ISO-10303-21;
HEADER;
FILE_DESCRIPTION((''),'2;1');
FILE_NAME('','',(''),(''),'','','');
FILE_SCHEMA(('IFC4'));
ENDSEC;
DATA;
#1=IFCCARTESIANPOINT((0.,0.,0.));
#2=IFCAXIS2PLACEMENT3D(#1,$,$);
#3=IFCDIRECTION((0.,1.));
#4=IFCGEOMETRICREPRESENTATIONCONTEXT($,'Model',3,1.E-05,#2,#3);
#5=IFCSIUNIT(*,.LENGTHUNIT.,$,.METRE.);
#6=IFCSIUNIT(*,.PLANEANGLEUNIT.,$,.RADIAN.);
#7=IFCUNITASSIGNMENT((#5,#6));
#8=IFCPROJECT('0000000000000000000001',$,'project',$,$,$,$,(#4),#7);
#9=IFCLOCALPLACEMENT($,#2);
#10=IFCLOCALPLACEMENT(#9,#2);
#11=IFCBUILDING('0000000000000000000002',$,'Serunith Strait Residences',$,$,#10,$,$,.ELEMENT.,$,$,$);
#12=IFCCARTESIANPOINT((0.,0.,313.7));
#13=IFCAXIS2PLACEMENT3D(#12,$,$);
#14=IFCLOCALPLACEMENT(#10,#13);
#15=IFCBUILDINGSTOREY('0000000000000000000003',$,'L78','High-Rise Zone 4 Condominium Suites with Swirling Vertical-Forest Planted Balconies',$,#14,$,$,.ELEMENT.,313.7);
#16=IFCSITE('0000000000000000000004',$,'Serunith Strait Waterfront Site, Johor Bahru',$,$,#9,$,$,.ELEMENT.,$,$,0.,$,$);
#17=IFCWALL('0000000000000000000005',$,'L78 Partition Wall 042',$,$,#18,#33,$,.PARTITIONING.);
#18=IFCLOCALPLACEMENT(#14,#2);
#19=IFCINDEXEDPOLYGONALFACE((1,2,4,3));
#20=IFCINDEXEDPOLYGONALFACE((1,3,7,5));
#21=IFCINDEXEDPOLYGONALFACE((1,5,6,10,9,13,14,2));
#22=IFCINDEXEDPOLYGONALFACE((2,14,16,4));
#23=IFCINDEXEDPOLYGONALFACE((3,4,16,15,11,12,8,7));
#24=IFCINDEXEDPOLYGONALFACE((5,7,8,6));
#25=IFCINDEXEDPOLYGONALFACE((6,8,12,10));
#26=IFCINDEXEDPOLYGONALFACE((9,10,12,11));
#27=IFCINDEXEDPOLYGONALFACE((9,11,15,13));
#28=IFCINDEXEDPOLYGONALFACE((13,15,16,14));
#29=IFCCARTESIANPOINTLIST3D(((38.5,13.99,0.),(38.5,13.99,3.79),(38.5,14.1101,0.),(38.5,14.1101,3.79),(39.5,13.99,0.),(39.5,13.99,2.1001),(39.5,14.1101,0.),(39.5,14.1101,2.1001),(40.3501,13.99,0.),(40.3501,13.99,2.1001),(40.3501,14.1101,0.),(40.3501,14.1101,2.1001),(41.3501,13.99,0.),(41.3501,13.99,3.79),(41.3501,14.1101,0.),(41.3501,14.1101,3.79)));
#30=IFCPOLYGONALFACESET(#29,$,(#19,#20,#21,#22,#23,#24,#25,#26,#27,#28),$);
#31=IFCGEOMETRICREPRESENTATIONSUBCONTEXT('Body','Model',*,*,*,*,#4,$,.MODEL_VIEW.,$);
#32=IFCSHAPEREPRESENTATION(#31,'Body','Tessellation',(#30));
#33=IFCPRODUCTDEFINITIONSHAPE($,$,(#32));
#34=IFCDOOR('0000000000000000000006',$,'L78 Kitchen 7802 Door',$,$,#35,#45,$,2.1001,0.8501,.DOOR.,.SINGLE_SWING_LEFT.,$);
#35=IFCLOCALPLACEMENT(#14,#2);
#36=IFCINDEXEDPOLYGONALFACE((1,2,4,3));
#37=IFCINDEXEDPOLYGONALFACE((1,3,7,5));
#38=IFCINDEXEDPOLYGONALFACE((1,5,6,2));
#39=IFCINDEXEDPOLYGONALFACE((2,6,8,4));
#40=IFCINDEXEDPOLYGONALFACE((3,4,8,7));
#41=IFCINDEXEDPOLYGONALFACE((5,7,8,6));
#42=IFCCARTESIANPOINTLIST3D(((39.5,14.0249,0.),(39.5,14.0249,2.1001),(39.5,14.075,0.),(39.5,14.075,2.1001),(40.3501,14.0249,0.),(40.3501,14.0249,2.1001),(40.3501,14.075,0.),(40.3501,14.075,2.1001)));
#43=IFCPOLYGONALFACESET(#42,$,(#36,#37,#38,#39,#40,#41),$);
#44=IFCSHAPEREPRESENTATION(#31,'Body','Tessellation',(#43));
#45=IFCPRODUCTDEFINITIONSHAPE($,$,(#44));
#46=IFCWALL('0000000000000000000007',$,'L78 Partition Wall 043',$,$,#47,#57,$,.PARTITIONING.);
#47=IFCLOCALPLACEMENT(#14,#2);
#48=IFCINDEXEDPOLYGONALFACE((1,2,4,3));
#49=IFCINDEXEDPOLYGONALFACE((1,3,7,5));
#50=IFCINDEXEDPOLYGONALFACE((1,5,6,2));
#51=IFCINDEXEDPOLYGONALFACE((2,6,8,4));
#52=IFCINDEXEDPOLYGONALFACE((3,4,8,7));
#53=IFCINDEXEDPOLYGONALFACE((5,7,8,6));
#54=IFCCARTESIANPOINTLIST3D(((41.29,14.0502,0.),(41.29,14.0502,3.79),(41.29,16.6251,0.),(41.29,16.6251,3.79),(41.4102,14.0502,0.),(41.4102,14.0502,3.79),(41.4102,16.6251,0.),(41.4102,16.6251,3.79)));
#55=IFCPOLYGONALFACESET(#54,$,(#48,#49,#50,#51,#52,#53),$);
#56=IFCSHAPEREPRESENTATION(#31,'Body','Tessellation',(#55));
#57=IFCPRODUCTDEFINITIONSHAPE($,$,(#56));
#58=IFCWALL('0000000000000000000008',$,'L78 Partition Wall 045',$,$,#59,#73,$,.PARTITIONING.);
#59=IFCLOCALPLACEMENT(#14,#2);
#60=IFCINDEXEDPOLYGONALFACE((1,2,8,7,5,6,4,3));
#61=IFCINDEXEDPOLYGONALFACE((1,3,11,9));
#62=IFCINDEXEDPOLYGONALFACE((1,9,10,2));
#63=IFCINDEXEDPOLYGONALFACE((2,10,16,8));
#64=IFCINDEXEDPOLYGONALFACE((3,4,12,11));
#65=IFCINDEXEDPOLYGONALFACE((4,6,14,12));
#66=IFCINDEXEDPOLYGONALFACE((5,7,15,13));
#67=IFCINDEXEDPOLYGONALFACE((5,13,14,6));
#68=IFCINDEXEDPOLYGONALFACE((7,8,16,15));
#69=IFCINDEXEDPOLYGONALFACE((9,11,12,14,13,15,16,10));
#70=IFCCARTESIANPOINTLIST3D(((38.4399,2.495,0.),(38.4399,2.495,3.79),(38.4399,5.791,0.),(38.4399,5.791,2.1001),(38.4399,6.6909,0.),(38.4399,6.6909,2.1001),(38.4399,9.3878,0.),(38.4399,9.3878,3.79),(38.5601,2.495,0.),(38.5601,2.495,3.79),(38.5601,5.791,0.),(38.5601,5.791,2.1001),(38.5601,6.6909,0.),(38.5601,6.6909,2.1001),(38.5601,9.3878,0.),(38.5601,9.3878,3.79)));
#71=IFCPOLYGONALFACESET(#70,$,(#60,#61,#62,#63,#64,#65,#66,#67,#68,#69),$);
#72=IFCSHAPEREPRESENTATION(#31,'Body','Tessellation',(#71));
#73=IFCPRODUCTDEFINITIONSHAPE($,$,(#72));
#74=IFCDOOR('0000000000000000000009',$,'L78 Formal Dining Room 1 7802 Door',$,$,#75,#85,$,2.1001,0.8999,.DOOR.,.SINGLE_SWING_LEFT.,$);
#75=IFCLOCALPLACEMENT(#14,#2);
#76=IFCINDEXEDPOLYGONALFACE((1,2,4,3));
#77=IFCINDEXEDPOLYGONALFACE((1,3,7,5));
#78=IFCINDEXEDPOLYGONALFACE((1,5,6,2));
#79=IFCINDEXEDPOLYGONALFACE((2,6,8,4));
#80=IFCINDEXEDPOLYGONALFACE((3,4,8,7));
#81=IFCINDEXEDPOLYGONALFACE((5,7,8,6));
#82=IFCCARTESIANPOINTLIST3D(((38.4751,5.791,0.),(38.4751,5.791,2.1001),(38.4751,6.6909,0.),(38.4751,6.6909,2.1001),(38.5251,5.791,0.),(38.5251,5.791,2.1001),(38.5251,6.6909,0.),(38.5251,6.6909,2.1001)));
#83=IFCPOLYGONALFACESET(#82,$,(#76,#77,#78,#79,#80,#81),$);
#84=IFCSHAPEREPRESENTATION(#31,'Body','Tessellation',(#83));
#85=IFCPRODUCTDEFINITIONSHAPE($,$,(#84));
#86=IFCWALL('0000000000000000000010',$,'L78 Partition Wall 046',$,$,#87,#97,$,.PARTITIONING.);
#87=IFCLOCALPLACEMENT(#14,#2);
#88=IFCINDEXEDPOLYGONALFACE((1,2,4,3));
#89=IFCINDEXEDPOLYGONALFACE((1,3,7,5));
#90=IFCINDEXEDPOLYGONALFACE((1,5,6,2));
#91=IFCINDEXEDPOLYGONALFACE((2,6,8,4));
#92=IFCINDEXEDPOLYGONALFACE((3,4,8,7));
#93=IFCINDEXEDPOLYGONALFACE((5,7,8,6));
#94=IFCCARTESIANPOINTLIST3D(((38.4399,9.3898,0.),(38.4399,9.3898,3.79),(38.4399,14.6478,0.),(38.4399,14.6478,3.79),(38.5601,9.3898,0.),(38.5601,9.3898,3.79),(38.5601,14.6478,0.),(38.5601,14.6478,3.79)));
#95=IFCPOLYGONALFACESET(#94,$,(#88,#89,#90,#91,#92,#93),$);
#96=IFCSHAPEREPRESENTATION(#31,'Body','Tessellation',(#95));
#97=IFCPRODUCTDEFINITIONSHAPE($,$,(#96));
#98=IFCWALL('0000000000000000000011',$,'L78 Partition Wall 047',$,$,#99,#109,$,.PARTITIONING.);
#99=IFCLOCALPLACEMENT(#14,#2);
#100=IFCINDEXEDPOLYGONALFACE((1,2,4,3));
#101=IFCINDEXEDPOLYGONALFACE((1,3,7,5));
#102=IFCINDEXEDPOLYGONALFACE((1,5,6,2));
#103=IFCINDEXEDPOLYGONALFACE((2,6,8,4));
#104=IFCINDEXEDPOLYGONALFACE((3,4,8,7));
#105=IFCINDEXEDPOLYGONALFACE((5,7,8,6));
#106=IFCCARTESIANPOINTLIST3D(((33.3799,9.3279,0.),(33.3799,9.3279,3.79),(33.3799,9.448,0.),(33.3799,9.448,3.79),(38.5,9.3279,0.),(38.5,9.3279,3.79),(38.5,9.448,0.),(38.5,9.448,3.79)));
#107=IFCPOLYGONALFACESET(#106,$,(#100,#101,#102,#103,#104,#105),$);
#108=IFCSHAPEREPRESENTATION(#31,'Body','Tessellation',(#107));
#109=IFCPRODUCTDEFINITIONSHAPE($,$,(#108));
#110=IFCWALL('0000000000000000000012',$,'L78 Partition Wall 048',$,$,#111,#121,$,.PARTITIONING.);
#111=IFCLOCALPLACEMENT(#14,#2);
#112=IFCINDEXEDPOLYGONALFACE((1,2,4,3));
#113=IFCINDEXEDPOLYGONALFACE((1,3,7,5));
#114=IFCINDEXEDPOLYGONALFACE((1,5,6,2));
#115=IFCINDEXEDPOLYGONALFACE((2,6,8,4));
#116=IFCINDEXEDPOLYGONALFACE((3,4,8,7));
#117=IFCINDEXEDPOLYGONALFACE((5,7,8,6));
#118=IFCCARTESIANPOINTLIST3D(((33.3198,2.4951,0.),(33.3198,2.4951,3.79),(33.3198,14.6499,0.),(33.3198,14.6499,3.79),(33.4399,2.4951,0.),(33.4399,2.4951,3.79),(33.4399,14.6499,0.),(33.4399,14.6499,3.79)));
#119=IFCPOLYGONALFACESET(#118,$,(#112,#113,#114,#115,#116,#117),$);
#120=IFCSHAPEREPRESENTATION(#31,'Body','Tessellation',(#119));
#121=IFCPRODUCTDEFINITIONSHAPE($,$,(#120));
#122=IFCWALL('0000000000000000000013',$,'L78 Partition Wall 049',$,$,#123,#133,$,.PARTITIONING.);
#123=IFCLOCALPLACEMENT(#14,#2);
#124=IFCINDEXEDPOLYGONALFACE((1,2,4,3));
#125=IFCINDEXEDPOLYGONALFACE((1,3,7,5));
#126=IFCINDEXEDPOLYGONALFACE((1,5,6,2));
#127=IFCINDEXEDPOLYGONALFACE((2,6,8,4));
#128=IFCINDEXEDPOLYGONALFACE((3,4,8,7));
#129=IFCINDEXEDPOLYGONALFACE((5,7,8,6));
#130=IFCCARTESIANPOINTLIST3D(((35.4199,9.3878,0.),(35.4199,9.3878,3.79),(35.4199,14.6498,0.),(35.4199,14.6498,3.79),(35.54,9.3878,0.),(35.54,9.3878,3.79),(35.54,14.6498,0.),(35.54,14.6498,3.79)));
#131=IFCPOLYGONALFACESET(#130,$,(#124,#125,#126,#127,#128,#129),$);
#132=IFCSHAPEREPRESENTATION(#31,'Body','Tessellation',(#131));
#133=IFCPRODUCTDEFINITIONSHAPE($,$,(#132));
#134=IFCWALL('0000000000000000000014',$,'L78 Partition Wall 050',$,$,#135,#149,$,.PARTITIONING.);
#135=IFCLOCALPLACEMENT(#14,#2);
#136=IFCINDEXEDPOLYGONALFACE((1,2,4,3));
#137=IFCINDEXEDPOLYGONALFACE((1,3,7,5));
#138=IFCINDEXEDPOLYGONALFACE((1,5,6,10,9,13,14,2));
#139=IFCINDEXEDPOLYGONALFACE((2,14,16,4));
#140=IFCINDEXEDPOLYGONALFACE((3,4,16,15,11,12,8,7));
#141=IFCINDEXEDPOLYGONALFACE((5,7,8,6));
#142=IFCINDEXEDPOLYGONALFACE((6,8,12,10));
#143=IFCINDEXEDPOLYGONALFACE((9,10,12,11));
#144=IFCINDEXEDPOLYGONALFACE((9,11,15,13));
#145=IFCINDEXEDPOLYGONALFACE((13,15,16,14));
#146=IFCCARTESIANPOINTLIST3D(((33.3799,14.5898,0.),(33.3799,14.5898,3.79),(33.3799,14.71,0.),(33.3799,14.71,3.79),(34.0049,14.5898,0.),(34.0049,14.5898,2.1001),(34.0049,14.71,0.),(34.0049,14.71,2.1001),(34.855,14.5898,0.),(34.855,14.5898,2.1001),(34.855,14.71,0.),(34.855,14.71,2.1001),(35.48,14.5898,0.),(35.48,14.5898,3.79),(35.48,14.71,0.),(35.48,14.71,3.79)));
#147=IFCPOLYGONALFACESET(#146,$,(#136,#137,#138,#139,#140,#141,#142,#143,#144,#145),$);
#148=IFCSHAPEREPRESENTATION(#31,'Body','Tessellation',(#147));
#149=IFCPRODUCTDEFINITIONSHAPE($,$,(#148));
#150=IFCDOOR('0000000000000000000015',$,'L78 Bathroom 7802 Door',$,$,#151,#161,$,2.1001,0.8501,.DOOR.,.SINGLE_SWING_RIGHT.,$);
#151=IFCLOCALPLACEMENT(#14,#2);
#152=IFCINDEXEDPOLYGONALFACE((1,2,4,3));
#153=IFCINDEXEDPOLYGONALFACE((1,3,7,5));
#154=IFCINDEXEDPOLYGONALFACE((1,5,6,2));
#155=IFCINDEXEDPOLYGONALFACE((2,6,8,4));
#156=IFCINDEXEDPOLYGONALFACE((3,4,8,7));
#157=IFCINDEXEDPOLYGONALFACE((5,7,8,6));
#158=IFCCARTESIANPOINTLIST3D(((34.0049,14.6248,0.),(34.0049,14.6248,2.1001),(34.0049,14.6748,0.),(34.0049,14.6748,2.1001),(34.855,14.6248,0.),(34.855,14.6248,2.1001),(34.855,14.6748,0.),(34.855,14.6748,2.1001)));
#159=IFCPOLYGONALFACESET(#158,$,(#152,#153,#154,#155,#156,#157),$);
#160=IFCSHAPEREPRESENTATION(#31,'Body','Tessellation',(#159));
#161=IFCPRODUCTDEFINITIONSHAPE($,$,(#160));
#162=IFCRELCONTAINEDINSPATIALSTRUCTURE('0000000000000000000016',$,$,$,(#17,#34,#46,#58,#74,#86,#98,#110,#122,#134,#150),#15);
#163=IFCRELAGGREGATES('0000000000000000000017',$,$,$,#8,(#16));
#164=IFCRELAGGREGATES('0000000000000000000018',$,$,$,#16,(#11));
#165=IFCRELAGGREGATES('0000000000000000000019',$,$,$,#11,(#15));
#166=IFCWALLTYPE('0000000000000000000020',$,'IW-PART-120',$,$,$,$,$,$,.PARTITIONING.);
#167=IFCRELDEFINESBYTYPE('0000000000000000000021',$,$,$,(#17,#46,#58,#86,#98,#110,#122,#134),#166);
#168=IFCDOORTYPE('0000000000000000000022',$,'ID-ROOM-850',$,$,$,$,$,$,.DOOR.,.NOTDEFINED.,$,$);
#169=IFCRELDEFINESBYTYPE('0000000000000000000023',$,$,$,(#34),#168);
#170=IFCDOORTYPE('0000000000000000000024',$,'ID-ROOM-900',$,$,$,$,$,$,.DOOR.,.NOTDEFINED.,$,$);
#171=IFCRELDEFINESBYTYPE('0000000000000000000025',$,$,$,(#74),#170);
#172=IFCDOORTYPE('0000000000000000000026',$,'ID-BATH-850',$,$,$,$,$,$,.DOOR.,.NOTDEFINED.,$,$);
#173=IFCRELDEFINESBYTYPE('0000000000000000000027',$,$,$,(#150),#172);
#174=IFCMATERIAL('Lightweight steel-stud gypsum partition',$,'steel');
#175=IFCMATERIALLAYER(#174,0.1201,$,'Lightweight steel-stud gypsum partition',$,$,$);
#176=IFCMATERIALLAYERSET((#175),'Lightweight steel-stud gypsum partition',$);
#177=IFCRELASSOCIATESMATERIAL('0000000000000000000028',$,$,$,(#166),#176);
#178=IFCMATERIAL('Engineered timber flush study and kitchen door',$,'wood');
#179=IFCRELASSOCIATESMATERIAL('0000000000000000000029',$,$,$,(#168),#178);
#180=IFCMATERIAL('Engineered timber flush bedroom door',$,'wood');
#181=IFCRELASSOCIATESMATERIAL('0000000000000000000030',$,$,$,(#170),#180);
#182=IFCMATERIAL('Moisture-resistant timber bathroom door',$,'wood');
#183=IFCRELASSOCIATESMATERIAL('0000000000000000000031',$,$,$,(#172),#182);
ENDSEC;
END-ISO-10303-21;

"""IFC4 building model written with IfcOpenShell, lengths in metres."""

from ifc_helpers import new_model, si_unit, direction, frame, frame_2d, origin, place, context, subcontext, project, spatial, rectangle, extrude, source, transform, mapped, material, layer, layer_set, type_object, element, fill, save


model = new_model("IFC4")

# Units and contexts
model_context = context("Model", 3, precision=1e-05, world=origin(), true_north=direction((0.0, 1.0)))
body_context = subcontext(model_context, "Body", "Model", "MODEL_VIEW")
ifc_project = project(units=[si_unit("LENGTHUNIT", "METRE"), si_unit("PLANEANGLEUNIT", "RADIAN")], contexts=[model_context])

# Site, building, storey
site_placement = place(None, origin())
site = spatial("IfcSite", under=ifc_project, at=site_placement, Name="Serunith Strait Waterfront Site, Johor Bahru", CompositionType="ELEMENT", RefElevation=0.0)
building_placement = place(site_placement, origin())
building = spatial("IfcBuilding", under=site, at=building_placement, Name="Serunith Strait Residences", CompositionType="ELEMENT")
storey_placement = place(building_placement, frame((0.0, 0.0, 313.7)))
storey = spatial("IfcBuildingStorey", under=building, at=storey_placement, Name="L78", Description="High-Rise Zone 4 Condominium Suites with Swirling Vertical-Forest Planted Balconies", CompositionType="ELEMENT", Elevation=313.7)

# Wall, opening, door
ifc_material_1 = material(Name="Lightweight steel-stud gypsum partition", Category="steel")
ifc_layer_1 = layer(ifc_material_1, 0.1201, Name="Lightweight steel-stud gypsum partition")
ifc_layer_set_1 = layer_set([ifc_layer_1], Name="Lightweight steel-stud gypsum partition")
wall_type = type_object("IfcWallType", Name="IW-PART-120", PredefinedType="PARTITIONING", material=ifc_layer_set_1)
wall_1_placement = place(storey_placement, frame((38.5, 14.05, 0.0), z_axis=(0.0, 0.0, 1.0), x_axis=(1.0, 0.0, 0.0)))
wall_1 = element("IfcWall", 1, at=wall_1_placement, inside=storey, type_object=wall_type, Name="L78 Partition Wall 042", PredefinedType="PARTITIONING", context=body_context, shape_type="SweptSolid", body=[
    extrude(rectangle(XDim=2.8501, YDim=0.1201, at=frame_2d((1.425, 0.0))), origin(), (0.0, 0.0, 1.0), 3.79),
])
opening_1_placement = place(wall_1_placement, frame((1.0, 0.0, 0.0)))
opening_1 = element("IfcOpeningElement", 2, at=opening_1_placement, cuts=wall_1, PredefinedType="OPENING", context=body_context, shape_type="SweptSolid", body=[
    extrude(rectangle(XDim=0.8501, YDim=2.1001, at=frame_2d((0.425, 1.05))), frame((0.0, 0.0701, 0.0), z_axis=(0.0, -1.0, 0.0), x_axis=(1.0, 0.0, 0.0)), (0.0, 0.0, 1.0), 0.1401),
])
ifc_material_2 = material(Name="Engineered timber flush study and kitchen door", Category="wood")
door_type_1 = type_object("IfcDoorType", Name="ID-ROOM-850", OperationType="NOTDEFINED", PredefinedType="DOOR", material=ifc_material_2)
shared_shape_1 = source(origin(), body_context, "Body", "SweptSolid", [
    extrude(rectangle(XDim=0.8501, YDim=2.1001, at=frame_2d((0.425, 1.05))), frame((0.0, 0.0249, 0.0), z_axis=(0.0, -1.0, 0.0), x_axis=(1.0, 0.0, 0.0)), (0.0, 0.0, 1.0), 0.05),
])
door_1_placement = place(opening_1_placement, origin())
door_1 = element("IfcDoor", 3, at=door_1_placement, inside=storey, type_object=door_type_1, Name="L78 Kitchen 7802 Door", OperationType="SINGLE_SWING_LEFT", OverallHeight=2.1001, OverallWidth=0.8501, PredefinedType="DOOR", context=body_context, shape_type="MappedRepresentation", body=[
    mapped(shared_shape_1, transform((0.0, 0.0, 0.0), scale=1.0)),
])
fill(opening_1, door_1)

# Wall
wall_2_placement = place(storey_placement, frame((41.3501, 14.05, 0.0), z_axis=(0.0, 0.0, 1.0), x_axis=(0.0, 1.0, 0.0)))
element("IfcWall", 4, at=wall_2_placement, inside=storey, type_object=wall_type, Name="L78 Partition Wall 043", PredefinedType="PARTITIONING", context=body_context, shape_type="SweptSolid", body=[
    extrude(rectangle(XDim=2.575, YDim=0.1201, at=frame_2d((1.2876, 0.0))), origin(), (0.0, 0.0, 1.0), 3.79),
])

# Wall, opening, door
wall_3_placement = place(storey_placement, frame((38.5, 2.4951, 0.0), z_axis=(0.0, 0.0, 1.0), x_axis=(0.0, 1.0, 0.0)))
wall_3 = element("IfcWall", 5, at=wall_3_placement, inside=storey, type_object=wall_type, Name="L78 Partition Wall 045", PredefinedType="PARTITIONING", context=body_context, shape_type="SweptSolid", body=[
    extrude(rectangle(XDim=6.8928, YDim=0.1201, at=frame_2d((3.4463, 0.0))), origin(), (0.0, 0.0, 1.0), 3.79),
])
opening_2_placement = place(wall_3_placement, frame((3.2959, 0.0, 0.0)))
opening_2 = element("IfcOpeningElement", 6, at=opening_2_placement, cuts=wall_3, PredefinedType="OPENING", context=body_context, shape_type="SweptSolid", body=[
    extrude(rectangle(XDim=0.8999, YDim=2.1001, at=frame_2d((0.45, 1.05))), frame((0.0, 0.0701, 0.0), z_axis=(0.0, -1.0, 0.0), x_axis=(1.0, 0.0, 0.0)), (0.0, 0.0, 1.0), 0.1401),
])
ifc_material_3 = material(Name="Engineered timber flush bedroom door", Category="wood")
door_type_2 = type_object("IfcDoorType", Name="ID-ROOM-900", OperationType="NOTDEFINED", PredefinedType="DOOR", material=ifc_material_3)
shared_shape_2 = source(origin(), body_context, "Body", "SweptSolid", [
    extrude(rectangle(XDim=0.8999, YDim=2.1001, at=frame_2d((0.45, 1.05))), frame((0.0, 0.0249, 0.0), z_axis=(0.0, -1.0, 0.0), x_axis=(1.0, 0.0, 0.0)), (0.0, 0.0, 1.0), 0.05),
])
door_2_placement = place(opening_2_placement, origin())
door_2 = element("IfcDoor", 7, at=door_2_placement, inside=storey, type_object=door_type_2, Name="L78 Formal Dining Room 1 7802 Door", OperationType="SINGLE_SWING_LEFT", OverallHeight=2.1001, OverallWidth=0.8999, PredefinedType="DOOR", context=body_context, shape_type="MappedRepresentation", body=[
    mapped(shared_shape_2, transform((0.0, 0.0, 0.0), scale=1.0)),
])
fill(opening_2, door_2)

# Walls
wall_4_placement = place(storey_placement, frame((38.5, 9.3899, 0.0), z_axis=(0.0, 0.0, 1.0), x_axis=(0.0, 1.0, 0.0)))
element("IfcWall", 8, at=wall_4_placement, inside=storey, type_object=wall_type, Name="L78 Partition Wall 046", PredefinedType="PARTITIONING", context=body_context, shape_type="SweptSolid", body=[
    extrude(rectangle(XDim=5.2581, YDim=0.1201, at=frame_2d((2.6289, 0.0))), origin(), (0.0, 0.0, 1.0), 3.79),
])
wall_5_placement = place(storey_placement, frame((33.3799, 9.3879, 0.0), z_axis=(0.0, 0.0, 1.0), x_axis=(1.0, 0.0, 0.0)))
element("IfcWall", 9, at=wall_5_placement, inside=storey, type_object=wall_type, Name="L78 Partition Wall 047", PredefinedType="PARTITIONING", context=body_context, shape_type="SweptSolid", body=[
    extrude(rectangle(XDim=5.1201, YDim=0.1201, at=frame_2d((2.5601, 0.0))), origin(), (0.0, 0.0, 1.0), 3.79),
])
wall_6_placement = place(storey_placement, frame((33.3799, 2.4951, 0.0), z_axis=(0.0, 0.0, 1.0), x_axis=(0.0, 1.0, 0.0)))
element("IfcWall", 10, at=wall_6_placement, inside=storey, type_object=wall_type, Name="L78 Partition Wall 048", PredefinedType="PARTITIONING", context=body_context, shape_type="SweptSolid", body=[
    extrude(rectangle(XDim=12.1548, YDim=0.1201, at=frame_2d((6.0774, 0.0))), origin(), (0.0, 0.0, 1.0), 3.79),
])
wall_7_placement = place(storey_placement, frame((35.48, 9.3879, 0.0), z_axis=(0.0, 0.0, 1.0), x_axis=(0.0, 1.0, 0.0)))
element("IfcWall", 11, at=wall_7_placement, inside=storey, type_object=wall_type, Name="L78 Partition Wall 049", PredefinedType="PARTITIONING", context=body_context, shape_type="SweptSolid", body=[
    extrude(rectangle(XDim=5.262, YDim=0.1201, at=frame_2d((2.6309, 0.0))), origin(), (0.0, 0.0, 1.0), 3.79),
])

# Wall, opening, door
wall_8_placement = place(storey_placement, frame((33.3799, 14.6499, 0.0), z_axis=(0.0, 0.0, 1.0), x_axis=(1.0, 0.0, 0.0)))
wall_8 = element("IfcWall", 12, at=wall_8_placement, inside=storey, type_object=wall_type, Name="L78 Partition Wall 050", PredefinedType="PARTITIONING", context=body_context, shape_type="SweptSolid", body=[
    extrude(rectangle(XDim=2.1001, YDim=0.1201, at=frame_2d((1.05, 0.0))), origin(), (0.0, 0.0, 1.0), 3.79),
])
opening_3_placement = place(wall_8_placement, frame((0.625, 0.0, 0.0)))
opening_3 = element("IfcOpeningElement", 13, at=opening_3_placement, cuts=wall_8, PredefinedType="OPENING", context=body_context, shape_type="SweptSolid", body=[
    extrude(rectangle(XDim=0.8501, YDim=2.1001, at=frame_2d((0.425, 1.05))), frame((0.0, 0.0701, 0.0), z_axis=(0.0, -1.0, 0.0), x_axis=(1.0, 0.0, 0.0)), (0.0, 0.0, 1.0), 0.1401),
])
ifc_material_4 = material(Name="Moisture-resistant timber bathroom door", Category="wood")
door_type_3 = type_object("IfcDoorType", Name="ID-BATH-850", OperationType="NOTDEFINED", PredefinedType="DOOR", material=ifc_material_4)
door_3_placement = place(opening_3_placement, origin())
door_3 = element("IfcDoor", 14, at=door_3_placement, inside=storey, type_object=door_type_3, Name="L78 Bathroom 7802 Door", OperationType="SINGLE_SWING_RIGHT", OverallHeight=2.1001, OverallWidth=0.8501, PredefinedType="DOOR", context=body_context, shape_type="MappedRepresentation", body=[
    mapped(shared_shape_1, transform((0.0, 0.0, 0.0), scale=1.0)),
])
fill(opening_3, door_3)

save(model, "model.ifc")
